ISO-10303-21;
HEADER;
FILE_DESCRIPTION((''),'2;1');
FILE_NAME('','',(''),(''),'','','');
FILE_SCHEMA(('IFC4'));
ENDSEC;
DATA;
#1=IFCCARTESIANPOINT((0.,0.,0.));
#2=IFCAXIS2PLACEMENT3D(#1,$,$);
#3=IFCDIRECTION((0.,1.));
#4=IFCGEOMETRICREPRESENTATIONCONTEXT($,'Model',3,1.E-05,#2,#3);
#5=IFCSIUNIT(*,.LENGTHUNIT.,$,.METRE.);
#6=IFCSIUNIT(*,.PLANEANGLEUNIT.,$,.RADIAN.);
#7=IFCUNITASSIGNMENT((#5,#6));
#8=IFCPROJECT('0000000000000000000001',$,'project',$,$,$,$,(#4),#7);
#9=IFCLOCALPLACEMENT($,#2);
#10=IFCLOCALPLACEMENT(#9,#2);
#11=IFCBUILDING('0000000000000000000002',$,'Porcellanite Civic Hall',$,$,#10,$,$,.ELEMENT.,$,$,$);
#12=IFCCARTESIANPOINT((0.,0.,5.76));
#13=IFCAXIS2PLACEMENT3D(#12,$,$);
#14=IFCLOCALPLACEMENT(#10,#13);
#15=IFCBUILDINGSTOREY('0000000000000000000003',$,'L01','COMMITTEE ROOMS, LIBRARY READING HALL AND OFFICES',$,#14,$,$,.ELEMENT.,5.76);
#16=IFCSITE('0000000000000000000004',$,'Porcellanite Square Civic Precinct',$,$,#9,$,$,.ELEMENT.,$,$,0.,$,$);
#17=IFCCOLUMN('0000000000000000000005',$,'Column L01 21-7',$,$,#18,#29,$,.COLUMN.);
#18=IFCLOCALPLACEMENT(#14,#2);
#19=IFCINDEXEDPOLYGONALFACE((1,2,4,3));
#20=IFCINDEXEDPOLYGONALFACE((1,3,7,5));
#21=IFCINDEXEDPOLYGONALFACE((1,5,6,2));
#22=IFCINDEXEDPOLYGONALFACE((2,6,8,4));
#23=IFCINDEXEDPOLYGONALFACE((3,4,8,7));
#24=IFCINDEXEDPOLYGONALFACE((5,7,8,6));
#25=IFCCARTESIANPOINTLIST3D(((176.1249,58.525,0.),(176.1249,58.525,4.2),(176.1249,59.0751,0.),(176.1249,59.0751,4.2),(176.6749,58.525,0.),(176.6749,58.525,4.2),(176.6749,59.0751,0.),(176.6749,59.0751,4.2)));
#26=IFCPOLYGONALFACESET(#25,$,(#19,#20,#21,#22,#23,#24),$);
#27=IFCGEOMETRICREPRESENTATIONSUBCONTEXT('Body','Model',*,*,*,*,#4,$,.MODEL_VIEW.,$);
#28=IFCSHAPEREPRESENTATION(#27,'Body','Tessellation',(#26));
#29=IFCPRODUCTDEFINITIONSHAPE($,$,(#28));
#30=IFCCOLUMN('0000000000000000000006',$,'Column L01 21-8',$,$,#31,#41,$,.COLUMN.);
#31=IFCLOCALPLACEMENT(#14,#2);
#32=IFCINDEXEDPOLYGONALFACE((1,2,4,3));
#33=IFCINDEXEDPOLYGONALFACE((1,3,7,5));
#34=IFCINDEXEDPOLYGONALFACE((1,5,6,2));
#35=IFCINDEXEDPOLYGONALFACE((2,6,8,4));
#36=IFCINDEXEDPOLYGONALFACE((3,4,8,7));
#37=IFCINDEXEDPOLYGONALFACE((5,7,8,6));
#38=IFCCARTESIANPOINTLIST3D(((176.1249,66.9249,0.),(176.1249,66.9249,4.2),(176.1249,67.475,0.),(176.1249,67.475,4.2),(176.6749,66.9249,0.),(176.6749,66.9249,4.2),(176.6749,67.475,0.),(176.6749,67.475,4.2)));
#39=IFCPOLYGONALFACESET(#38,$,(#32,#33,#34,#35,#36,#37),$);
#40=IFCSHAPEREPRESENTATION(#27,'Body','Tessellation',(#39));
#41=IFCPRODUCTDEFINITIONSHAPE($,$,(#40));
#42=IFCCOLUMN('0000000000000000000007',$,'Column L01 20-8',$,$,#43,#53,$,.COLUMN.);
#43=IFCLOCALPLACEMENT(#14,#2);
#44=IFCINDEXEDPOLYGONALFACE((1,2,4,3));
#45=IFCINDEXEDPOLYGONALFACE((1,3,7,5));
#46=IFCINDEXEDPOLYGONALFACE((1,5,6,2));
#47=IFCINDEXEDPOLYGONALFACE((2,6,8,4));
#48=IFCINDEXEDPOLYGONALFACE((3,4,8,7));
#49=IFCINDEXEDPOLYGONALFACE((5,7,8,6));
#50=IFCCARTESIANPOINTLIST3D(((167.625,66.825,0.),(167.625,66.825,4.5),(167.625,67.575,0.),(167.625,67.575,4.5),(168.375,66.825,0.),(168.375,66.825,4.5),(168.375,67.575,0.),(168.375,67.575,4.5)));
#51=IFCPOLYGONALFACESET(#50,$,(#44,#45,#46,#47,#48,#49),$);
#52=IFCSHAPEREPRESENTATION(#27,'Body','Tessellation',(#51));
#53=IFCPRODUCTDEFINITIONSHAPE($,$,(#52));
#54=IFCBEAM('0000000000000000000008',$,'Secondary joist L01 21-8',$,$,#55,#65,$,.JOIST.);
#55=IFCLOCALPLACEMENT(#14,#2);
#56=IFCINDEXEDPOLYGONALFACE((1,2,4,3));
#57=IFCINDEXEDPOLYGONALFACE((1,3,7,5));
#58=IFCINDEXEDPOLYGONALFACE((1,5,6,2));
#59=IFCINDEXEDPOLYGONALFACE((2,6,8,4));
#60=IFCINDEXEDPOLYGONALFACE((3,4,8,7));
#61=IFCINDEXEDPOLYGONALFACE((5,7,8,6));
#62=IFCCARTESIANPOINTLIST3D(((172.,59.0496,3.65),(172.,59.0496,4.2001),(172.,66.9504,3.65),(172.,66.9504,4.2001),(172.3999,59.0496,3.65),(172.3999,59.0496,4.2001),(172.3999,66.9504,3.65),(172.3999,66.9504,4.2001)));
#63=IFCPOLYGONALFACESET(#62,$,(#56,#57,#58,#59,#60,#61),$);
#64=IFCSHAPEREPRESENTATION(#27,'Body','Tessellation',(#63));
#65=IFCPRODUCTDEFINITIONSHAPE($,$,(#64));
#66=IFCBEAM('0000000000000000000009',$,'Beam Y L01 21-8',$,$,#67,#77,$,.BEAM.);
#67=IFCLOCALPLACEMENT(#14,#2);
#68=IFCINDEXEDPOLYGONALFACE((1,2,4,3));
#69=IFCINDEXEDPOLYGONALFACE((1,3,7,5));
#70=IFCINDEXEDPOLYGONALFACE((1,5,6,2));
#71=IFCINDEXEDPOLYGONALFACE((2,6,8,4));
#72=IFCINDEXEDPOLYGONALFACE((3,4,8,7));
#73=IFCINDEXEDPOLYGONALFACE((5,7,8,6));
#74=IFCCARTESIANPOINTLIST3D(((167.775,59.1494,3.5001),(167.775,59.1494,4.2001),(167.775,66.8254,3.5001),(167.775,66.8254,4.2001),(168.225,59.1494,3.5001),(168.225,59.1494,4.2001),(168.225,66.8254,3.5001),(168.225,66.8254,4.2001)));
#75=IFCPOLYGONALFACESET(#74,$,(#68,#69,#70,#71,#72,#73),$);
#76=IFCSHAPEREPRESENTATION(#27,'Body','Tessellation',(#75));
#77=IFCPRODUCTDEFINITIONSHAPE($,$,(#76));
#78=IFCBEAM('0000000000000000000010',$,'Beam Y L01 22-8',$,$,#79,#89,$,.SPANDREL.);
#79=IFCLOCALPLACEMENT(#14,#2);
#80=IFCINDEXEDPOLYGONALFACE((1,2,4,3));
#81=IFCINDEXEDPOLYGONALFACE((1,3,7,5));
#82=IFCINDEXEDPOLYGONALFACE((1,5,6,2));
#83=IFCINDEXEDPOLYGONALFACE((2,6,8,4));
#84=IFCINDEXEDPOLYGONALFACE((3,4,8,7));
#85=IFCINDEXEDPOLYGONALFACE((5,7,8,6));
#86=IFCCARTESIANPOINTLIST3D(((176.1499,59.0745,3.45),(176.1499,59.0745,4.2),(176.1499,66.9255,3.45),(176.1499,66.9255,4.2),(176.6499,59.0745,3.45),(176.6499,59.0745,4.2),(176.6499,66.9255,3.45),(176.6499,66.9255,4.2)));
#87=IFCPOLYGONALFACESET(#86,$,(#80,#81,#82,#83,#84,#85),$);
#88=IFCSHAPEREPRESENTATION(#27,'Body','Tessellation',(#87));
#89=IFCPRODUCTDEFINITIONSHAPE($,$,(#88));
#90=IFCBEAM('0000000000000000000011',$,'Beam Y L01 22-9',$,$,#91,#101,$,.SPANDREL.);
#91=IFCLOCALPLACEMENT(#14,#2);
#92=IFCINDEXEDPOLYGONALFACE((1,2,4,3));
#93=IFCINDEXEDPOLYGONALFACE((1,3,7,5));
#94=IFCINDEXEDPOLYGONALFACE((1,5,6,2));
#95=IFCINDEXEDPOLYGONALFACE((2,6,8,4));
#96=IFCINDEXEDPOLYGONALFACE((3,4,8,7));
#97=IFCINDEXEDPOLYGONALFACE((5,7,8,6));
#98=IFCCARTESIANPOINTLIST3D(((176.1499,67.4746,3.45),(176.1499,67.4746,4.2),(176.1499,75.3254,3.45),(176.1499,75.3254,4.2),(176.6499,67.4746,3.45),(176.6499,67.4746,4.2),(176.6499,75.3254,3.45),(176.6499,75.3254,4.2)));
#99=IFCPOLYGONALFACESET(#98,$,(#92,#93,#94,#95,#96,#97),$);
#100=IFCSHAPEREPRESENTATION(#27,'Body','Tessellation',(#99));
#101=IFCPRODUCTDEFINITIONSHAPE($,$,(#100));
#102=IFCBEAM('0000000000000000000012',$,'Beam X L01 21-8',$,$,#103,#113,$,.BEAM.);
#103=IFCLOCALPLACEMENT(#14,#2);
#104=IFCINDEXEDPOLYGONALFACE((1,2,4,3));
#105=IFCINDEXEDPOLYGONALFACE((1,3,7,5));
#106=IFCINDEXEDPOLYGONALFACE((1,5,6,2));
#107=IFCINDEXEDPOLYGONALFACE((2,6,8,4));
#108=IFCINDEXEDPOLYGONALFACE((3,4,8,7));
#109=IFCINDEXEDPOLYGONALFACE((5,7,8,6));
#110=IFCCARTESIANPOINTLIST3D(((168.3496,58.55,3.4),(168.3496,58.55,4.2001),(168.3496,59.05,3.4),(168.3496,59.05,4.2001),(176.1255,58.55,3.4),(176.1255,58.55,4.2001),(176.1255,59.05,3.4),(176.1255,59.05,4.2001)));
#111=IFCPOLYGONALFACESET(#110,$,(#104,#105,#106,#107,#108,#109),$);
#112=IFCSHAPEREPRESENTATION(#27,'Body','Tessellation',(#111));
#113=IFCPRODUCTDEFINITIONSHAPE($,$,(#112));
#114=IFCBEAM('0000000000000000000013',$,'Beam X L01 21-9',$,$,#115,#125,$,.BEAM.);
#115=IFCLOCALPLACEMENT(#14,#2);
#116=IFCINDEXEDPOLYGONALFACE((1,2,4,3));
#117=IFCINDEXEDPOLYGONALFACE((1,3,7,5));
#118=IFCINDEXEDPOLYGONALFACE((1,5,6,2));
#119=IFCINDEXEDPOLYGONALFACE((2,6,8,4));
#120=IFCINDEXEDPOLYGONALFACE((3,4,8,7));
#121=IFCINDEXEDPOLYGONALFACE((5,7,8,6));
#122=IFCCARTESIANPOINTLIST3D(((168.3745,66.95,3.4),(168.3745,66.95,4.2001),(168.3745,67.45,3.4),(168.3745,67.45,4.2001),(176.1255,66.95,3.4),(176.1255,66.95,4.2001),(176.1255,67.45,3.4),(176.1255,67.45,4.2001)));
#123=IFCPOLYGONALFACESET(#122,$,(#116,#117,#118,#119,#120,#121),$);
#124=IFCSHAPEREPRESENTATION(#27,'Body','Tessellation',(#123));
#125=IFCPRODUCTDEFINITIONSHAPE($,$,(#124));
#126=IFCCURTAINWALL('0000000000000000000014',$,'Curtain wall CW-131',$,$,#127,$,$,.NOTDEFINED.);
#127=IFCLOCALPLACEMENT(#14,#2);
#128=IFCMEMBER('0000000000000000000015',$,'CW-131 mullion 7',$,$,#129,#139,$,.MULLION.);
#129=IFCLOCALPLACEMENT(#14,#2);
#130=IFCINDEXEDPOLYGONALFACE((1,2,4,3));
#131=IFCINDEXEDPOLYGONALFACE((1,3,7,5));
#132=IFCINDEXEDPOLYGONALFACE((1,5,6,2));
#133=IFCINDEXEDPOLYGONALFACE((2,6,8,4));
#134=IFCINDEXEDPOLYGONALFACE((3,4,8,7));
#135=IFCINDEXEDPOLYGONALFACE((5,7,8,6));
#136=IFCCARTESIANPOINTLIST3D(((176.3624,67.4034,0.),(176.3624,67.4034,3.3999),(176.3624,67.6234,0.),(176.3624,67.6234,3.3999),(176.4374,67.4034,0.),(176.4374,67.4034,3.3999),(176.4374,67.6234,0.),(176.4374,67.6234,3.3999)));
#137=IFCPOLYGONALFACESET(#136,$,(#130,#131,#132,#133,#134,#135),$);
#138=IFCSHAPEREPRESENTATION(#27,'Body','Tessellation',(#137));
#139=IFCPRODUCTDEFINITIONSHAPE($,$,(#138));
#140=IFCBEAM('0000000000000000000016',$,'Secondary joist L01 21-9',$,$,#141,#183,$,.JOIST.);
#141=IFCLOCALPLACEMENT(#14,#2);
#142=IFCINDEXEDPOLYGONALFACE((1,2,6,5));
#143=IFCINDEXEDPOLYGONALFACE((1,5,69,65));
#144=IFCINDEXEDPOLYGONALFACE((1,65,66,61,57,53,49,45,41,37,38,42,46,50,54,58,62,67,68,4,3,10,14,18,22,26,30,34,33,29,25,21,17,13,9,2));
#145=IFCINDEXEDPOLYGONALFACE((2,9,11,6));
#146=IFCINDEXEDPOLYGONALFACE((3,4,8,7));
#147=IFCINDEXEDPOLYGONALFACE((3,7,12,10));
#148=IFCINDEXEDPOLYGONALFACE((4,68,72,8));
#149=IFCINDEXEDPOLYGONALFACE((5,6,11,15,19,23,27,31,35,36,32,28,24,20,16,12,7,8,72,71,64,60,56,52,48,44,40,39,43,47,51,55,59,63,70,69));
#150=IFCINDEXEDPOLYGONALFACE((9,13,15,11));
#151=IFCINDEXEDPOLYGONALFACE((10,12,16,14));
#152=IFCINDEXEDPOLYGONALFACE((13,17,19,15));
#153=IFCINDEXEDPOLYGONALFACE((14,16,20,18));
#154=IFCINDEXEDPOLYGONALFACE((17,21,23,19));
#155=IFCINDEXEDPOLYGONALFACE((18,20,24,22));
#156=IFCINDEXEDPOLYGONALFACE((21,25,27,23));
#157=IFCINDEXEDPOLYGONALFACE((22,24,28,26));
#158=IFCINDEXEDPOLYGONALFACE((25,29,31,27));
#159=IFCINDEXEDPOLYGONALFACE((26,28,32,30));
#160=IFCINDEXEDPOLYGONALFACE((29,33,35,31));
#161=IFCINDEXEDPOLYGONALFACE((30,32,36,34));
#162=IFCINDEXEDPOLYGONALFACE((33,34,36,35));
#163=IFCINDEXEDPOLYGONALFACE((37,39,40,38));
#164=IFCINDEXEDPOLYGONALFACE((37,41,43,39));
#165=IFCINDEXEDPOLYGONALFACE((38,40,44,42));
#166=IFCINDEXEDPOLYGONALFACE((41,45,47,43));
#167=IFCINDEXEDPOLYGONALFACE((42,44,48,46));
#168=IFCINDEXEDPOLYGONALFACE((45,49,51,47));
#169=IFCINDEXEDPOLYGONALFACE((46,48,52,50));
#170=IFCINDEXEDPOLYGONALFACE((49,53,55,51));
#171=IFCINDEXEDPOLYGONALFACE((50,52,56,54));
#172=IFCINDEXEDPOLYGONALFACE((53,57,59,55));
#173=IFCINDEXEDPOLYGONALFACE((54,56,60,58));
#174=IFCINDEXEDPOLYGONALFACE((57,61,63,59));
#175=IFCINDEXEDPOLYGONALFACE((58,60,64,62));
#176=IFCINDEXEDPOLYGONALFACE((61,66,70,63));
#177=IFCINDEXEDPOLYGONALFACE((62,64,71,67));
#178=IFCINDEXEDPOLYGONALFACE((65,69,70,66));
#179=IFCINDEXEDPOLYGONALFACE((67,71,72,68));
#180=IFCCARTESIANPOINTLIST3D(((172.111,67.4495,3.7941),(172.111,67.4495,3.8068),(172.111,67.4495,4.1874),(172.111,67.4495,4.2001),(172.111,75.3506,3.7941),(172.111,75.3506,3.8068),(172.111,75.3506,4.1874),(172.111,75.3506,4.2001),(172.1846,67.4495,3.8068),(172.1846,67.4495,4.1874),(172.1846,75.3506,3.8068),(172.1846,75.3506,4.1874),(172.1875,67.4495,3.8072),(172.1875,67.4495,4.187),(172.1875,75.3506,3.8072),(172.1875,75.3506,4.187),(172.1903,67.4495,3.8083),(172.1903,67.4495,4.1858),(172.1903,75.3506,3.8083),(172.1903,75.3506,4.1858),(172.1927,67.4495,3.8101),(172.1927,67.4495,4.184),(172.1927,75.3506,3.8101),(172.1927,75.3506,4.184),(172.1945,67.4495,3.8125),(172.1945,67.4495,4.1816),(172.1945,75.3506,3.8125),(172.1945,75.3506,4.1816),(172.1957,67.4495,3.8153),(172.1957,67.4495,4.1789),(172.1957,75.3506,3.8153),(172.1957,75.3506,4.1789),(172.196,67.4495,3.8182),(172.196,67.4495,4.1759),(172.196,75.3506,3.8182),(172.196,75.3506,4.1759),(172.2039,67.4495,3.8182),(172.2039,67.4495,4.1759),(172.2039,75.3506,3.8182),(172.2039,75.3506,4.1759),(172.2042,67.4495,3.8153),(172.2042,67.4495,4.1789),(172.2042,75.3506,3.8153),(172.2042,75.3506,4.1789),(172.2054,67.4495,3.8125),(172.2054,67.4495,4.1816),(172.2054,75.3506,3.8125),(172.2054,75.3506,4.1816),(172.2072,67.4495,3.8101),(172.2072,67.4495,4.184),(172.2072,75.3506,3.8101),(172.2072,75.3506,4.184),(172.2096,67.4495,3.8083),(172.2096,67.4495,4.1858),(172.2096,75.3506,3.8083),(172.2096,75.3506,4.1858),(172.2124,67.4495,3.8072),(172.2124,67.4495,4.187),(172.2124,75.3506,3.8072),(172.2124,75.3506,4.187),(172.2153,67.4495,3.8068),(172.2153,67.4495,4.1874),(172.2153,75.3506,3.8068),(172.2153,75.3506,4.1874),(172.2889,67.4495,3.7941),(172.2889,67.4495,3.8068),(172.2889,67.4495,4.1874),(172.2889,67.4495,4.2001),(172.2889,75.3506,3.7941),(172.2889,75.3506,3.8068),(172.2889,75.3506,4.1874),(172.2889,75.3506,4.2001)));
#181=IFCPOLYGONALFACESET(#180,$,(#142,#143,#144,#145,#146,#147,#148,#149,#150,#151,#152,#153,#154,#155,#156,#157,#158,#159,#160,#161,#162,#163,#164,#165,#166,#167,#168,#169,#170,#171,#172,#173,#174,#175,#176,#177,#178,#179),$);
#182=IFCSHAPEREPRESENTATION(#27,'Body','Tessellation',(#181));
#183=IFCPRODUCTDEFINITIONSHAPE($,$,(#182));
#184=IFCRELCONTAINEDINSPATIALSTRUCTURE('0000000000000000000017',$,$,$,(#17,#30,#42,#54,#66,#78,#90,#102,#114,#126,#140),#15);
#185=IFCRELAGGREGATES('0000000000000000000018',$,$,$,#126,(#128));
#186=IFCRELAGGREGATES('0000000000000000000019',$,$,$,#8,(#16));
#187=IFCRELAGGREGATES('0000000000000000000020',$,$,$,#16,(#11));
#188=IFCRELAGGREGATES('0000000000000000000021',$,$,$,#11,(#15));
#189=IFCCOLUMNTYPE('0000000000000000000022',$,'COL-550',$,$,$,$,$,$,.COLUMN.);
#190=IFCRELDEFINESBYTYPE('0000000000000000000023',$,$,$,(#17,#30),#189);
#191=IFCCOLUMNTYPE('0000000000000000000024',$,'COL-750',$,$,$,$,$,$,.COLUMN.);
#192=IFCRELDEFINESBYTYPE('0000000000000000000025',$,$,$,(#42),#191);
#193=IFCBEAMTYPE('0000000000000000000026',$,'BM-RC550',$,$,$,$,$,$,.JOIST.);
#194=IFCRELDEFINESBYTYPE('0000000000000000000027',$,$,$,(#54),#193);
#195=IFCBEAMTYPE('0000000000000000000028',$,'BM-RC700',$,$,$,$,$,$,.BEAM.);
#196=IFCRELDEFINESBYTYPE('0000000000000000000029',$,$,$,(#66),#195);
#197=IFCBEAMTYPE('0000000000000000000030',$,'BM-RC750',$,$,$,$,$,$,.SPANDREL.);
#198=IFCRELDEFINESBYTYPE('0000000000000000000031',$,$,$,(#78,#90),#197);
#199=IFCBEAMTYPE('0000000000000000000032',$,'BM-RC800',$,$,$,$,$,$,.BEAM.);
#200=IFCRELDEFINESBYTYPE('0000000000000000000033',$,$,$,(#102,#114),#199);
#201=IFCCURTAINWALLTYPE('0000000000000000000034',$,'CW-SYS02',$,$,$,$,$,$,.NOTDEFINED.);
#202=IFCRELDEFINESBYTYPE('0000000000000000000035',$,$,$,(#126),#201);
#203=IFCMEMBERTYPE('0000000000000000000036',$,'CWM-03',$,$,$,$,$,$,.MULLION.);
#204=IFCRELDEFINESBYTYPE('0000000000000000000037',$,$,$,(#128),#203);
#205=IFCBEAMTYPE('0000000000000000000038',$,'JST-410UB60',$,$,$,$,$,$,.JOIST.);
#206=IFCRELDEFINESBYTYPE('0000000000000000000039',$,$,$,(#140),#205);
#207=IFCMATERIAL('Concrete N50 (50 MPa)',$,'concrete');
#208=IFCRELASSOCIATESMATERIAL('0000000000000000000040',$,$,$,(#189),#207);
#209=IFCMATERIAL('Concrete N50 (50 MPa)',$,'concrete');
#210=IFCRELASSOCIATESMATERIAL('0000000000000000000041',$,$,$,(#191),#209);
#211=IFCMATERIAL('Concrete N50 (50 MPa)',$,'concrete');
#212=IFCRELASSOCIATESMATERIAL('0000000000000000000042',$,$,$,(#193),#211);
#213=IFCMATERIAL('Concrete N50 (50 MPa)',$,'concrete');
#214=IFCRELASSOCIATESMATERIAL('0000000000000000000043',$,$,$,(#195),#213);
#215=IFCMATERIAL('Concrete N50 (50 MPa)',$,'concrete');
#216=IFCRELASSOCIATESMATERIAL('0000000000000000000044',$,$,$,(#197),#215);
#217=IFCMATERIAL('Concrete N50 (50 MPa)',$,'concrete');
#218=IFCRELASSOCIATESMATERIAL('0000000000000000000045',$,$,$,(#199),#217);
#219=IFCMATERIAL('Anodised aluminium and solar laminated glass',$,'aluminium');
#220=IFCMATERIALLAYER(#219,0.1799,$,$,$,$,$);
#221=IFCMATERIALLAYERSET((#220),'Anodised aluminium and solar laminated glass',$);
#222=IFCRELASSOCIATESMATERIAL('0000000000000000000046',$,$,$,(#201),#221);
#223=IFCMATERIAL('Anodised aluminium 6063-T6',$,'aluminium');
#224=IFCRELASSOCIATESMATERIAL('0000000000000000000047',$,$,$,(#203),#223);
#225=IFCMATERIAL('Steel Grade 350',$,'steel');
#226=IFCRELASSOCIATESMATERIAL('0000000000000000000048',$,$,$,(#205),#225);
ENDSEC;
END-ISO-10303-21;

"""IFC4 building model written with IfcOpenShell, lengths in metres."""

from ifc_helpers import new_model, si_unit, direction, frame, origin, origin_2d, place, context, subcontext, project, spatial, rectangle, i_section, extrude, material, layer, layer_set, material_profile, profile_set, type_object, element, aggregate, save


model = new_model("IFC4")

# Units and contexts
model_context = context("Model", 3, precision=1e-05, world=origin(), true_north=direction((0.0, 1.0)))
body_context = subcontext(model_context, "Body", "Model", "MODEL_VIEW")
ifc_project = project(units=[si_unit("LENGTHUNIT", "METRE"), si_unit("PLANEANGLEUNIT", "RADIAN")], contexts=[model_context])

# Site, building, storey
site_placement = place(None, origin())
site = spatial("IfcSite", under=ifc_project, at=site_placement, Name="Porcellanite Square Civic Precinct", CompositionType="ELEMENT", RefElevation=0.0)
building_placement = place(site_placement, origin())
building = spatial("IfcBuilding", under=site, at=building_placement, Name="Porcellanite Civic Hall", CompositionType="ELEMENT")
storey_placement = place(building_placement, frame((0.0, 0.0, 5.76)))
storey = spatial("IfcBuildingStorey", under=building, at=storey_placement, Name="L01", Description="COMMITTEE ROOMS, LIBRARY READING HALL AND OFFICES", CompositionType="ELEMENT", Elevation=5.76)

# Columns
ifc_material_1 = material(Name="Concrete N50 (50 MPa)", Category="concrete")
ifc_material_profile_1 = material_profile(ifc_material_1, rectangle(XDim=0.55, YDim=0.55, at=origin_2d()), Name="RC-550x550")
ifc_profile_set_1 = profile_set([ifc_material_profile_1], Name="Concrete N50 (50 MPa)")
column_type_1 = type_object("IfcColumnType", Name="COL-550", PredefinedType="COLUMN", material=ifc_profile_set_1)
for number, where, z_axis, x_axis, name in (
    (1, (176.3999, 58.8, 0.0), (0.0, 0.0, 1.0), (1.0, 0.0, 0.0), "Column L01 21-7"),
    (2, (176.3999, 67.2, 0.0), (0.0, 0.0, 1.0), (1.0, 0.0, 0.0), "Column L01 21-8"),
):
    element("IfcColumn", number, at=place(storey_placement, frame(where, z_axis=z_axis, x_axis=x_axis)), inside=storey, type_object=column_type_1, Name=name, PredefinedType="COLUMN", context=body_context, shape_type="SweptSolid", body=[
        extrude(rectangle(XDim=0.55, YDim=0.55, at=origin_2d()), origin(), (0.0, 0.0, 1.0), 4.2),
    ])
ifc_material_2 = material(Name="Concrete N50 (50 MPa)", Category="concrete")
ifc_material_profile_2 = material_profile(ifc_material_2, rectangle(XDim=0.75, YDim=0.75, at=origin_2d()), Name="RC-750x750")
ifc_profile_set_2 = profile_set([ifc_material_profile_2], Name="Concrete N50 (50 MPa)")
column_type_2 = type_object("IfcColumnType", Name="COL-750", PredefinedType="COLUMN", material=ifc_profile_set_2)
column_placement = place(storey_placement, frame((168.0, 67.2, 0.0), z_axis=(0.0, 0.0, 1.0), x_axis=(1.0, 0.0, 0.0)))
element("IfcColumn", 3, at=column_placement, inside=storey, type_object=column_type_2, Name="Column L01 20-8", PredefinedType="COLUMN", context=body_context, shape_type="SweptSolid", body=[
    extrude(rectangle(XDim=0.75, YDim=0.75, at=origin_2d()), origin(), (0.0, 0.0, 1.0), 4.5),
])

# Beams
ifc_material_3 = material(Name="Concrete N50 (50 MPa)", Category="concrete")
ifc_material_profile_3 = material_profile(ifc_material_3, rectangle(XDim=0.3999, YDim=0.55, at=origin_2d()), Name="RC-400x550")
ifc_profile_set_3 = profile_set([ifc_material_profile_3], Name="Concrete N50 (50 MPa)")
beam_type_1 = type_object("IfcBeamType", Name="BM-RC550", PredefinedType="JOIST", material=ifc_profile_set_3)
beam_1_placement = place(storey_placement, frame((172.2, 59.0496, 3.925), z_axis=(0.0, 1.0, 0.0), x_axis=(-1.0, 0.0, 0.0)))
element("IfcBeam", 4, at=beam_1_placement, inside=storey, type_object=beam_type_1, Name="Secondary joist L01 21-8", PredefinedType="JOIST", context=body_context, shape_type="SweptSolid", body=[
    extrude(rectangle(XDim=0.3999, YDim=0.55, at=origin_2d()), origin(), (0.0, 0.0, 1.0), 7.9009),
])
ifc_material_4 = material(Name="Concrete N50 (50 MPa)", Category="concrete")
ifc_material_profile_4 = material_profile(ifc_material_4, rectangle(XDim=0.45, YDim=0.7, at=origin_2d()), Name="RC-450x700")
ifc_profile_set_4 = profile_set([ifc_material_profile_4], Name="Concrete N50 (50 MPa)")
beam_type_2 = type_object("IfcBeamType", Name="BM-RC700", PredefinedType="BEAM", material=ifc_profile_set_4)
beam_2_placement = place(storey_placement, frame((168.0, 59.1494, 3.8501), z_axis=(0.0, 1.0, 0.0), x_axis=(-1.0, 0.0, 0.0)))
element("IfcBeam", 5, at=beam_2_placement, inside=storey, type_object=beam_type_2, Name="Beam Y L01 21-8", PredefinedType="BEAM", context=body_context, shape_type="SweptSolid", body=[
    extrude(rectangle(XDim=0.45, YDim=0.7, at=origin_2d()), origin(), (0.0, 0.0, 1.0), 7.676),
])
ifc_material_5 = material(Name="Concrete N50 (50 MPa)", Category="concrete")
ifc_material_profile_5 = material_profile(ifc_material_5, rectangle(XDim=0.5, YDim=0.75, at=origin_2d()), Name="RC-500x750")
ifc_profile_set_5 = profile_set([ifc_material_profile_5], Name="Concrete N50 (50 MPa)")
beam_type_3 = type_object("IfcBeamType", Name="BM-RC750", PredefinedType="SPANDREL", material=ifc_profile_set_5)
beam_3_placement = place(storey_placement, frame((176.3999, 59.0745, 3.825), z_axis=(0.0, 1.0, 0.0), x_axis=(-1.0, 0.0, 0.0)))
element("IfcBeam", 6, at=beam_3_placement, inside=storey, type_object=beam_type_3, Name="Beam Y L01 22-8", PredefinedType="SPANDREL", context=body_context, shape_type="SweptSolid", body=[
    extrude(rectangle(XDim=0.5, YDim=0.75, at=origin_2d()), origin(), (0.0, 0.0, 1.0), 7.8511),
])
beam_4_placement = place(storey_placement, frame((176.3999, 67.4746, 3.825), z_axis=(0.0, 1.0, 0.0), x_axis=(-1.0, 0.0, 0.0)))
element("IfcBeam", 7, at=beam_4_placement, inside=storey, type_object=beam_type_3, Name="Beam Y L01 22-9", PredefinedType="SPANDREL", context=body_context, shape_type="SweptSolid", body=[
    extrude(rectangle(XDim=0.5, YDim=0.75, at=origin_2d()), origin(), (0.0, 0.0, 1.0), 7.8508),
])
ifc_material_6 = material(Name="Concrete N50 (50 MPa)", Category="concrete")
ifc_material_profile_6 = material_profile(ifc_material_6, rectangle(XDim=0.5, YDim=0.8, at=origin_2d()), Name="RC-500x800")
ifc_profile_set_6 = profile_set([ifc_material_profile_6], Name="Concrete N50 (50 MPa)")
beam_type_4 = type_object("IfcBeamType", Name="BM-RC800", PredefinedType="BEAM", material=ifc_profile_set_6)
beam_5_placement = place(storey_placement, frame((168.3496, 58.8, 3.8), z_axis=(1.0, 0.0, 0.0), x_axis=(0.0, 1.0, 0.0)))
element("IfcBeam", 8, at=beam_5_placement, inside=storey, type_object=beam_type_4, Name="Beam X L01 21-8", PredefinedType="BEAM", context=body_context, shape_type="SweptSolid", body=[
    extrude(rectangle(XDim=0.5, YDim=0.8, at=origin_2d()), origin(), (0.0, 0.0, 1.0), 7.7759),
])
beam_6_placement = place(storey_placement, frame((168.3745, 67.2, 3.8), z_axis=(1.0, 0.0, 0.0), x_axis=(0.0, 1.0, 0.0)))
element("IfcBeam", 9, at=beam_6_placement, inside=storey, type_object=beam_type_4, Name="Beam X L01 21-9", PredefinedType="BEAM", context=body_context, shape_type="SweptSolid", body=[
    extrude(rectangle(XDim=0.5, YDim=0.8, at=origin_2d()), origin(), (0.0, 0.0, 1.0), 7.751),
])

# Curtain wall, member
ifc_material_7 = material(Name="Anodised aluminium and solar laminated glass", Category="aluminium")
ifc_layer_1 = layer(ifc_material_7, 0.1799)
ifc_layer_set_1 = layer_set([ifc_layer_1], Name="Anodised aluminium and solar laminated glass")
curtain_wall_type = type_object("IfcCurtainWallType", Name="CW-SYS02", PredefinedType="NOTDEFINED", material=ifc_layer_set_1)
curtain_wall_placement = place(storey_placement, origin())
curtain_wall = element("IfcCurtainWall", 10, at=curtain_wall_placement, inside=storey, type_object=curtain_wall_type, Name="Curtain wall CW-131", PredefinedType="NOTDEFINED")
ifc_material_8 = material(Name="Anodised aluminium 6063-T6", Category="aluminium")
ifc_material_profile_7 = material_profile(ifc_material_8, rectangle(XDim=0.075, YDim=0.22, at=origin_2d()), Name="AL-75x220")
ifc_profile_set_7 = profile_set([ifc_material_profile_7], Name="Anodised aluminium 6063-T6")
member_type = type_object("IfcMemberType", Name="CWM-03", PredefinedType="MULLION", material=ifc_profile_set_7)
member_placement = place(storey_placement, frame((176.3999, 67.5134, 0.0), z_axis=(0.0, 0.0, 1.0), x_axis=(1.0, 0.0, 0.0)))
member = element("IfcMember", 11, at=member_placement, type_object=member_type, Name="CW-131 mullion 7", PredefinedType="MULLION", context=body_context, shape_type="SweptSolid", body=[
    extrude(rectangle(XDim=0.075, YDim=0.22, at=origin_2d()), origin(), (0.0, 0.0, 1.0), 3.3999),
])

# Beam
ifc_material_9 = material(Name="Steel Grade 350", Category="steel")
ifc_material_profile_8 = material_profile(ifc_material_9, i_section(OverallWidth=0.178, OverallDepth=0.406, WebThickness=0.0078, FlangeThickness=0.0127, FilletRadius=0.0115, at=origin_2d()), Name="410UB59.7")
ifc_profile_set_8 = profile_set([ifc_material_profile_8], Name="Steel Grade 350")
beam_type_5 = type_object("IfcBeamType", Name="JST-410UB60", PredefinedType="JOIST", material=ifc_profile_set_8)
beam_7_placement = place(storey_placement, frame((172.2, 67.4495, 3.9971), z_axis=(0.0, 1.0, 0.0), x_axis=(-1.0, 0.0, 0.0)))
element("IfcBeam", 12, at=beam_7_placement, inside=storey, type_object=beam_type_5, Name="Secondary joist L01 21-9", PredefinedType="JOIST", context=body_context, shape_type="SweptSolid", body=[
    extrude(i_section(OverallWidth=0.178, OverallDepth=0.406, WebThickness=0.0078, FlangeThickness=0.0127, FilletRadius=0.0115, at=origin_2d()), origin(), (0.0, 0.0, 1.0), 7.9011),
])

aggregate(curtain_wall, [member])

save(model, "model.ifc")
